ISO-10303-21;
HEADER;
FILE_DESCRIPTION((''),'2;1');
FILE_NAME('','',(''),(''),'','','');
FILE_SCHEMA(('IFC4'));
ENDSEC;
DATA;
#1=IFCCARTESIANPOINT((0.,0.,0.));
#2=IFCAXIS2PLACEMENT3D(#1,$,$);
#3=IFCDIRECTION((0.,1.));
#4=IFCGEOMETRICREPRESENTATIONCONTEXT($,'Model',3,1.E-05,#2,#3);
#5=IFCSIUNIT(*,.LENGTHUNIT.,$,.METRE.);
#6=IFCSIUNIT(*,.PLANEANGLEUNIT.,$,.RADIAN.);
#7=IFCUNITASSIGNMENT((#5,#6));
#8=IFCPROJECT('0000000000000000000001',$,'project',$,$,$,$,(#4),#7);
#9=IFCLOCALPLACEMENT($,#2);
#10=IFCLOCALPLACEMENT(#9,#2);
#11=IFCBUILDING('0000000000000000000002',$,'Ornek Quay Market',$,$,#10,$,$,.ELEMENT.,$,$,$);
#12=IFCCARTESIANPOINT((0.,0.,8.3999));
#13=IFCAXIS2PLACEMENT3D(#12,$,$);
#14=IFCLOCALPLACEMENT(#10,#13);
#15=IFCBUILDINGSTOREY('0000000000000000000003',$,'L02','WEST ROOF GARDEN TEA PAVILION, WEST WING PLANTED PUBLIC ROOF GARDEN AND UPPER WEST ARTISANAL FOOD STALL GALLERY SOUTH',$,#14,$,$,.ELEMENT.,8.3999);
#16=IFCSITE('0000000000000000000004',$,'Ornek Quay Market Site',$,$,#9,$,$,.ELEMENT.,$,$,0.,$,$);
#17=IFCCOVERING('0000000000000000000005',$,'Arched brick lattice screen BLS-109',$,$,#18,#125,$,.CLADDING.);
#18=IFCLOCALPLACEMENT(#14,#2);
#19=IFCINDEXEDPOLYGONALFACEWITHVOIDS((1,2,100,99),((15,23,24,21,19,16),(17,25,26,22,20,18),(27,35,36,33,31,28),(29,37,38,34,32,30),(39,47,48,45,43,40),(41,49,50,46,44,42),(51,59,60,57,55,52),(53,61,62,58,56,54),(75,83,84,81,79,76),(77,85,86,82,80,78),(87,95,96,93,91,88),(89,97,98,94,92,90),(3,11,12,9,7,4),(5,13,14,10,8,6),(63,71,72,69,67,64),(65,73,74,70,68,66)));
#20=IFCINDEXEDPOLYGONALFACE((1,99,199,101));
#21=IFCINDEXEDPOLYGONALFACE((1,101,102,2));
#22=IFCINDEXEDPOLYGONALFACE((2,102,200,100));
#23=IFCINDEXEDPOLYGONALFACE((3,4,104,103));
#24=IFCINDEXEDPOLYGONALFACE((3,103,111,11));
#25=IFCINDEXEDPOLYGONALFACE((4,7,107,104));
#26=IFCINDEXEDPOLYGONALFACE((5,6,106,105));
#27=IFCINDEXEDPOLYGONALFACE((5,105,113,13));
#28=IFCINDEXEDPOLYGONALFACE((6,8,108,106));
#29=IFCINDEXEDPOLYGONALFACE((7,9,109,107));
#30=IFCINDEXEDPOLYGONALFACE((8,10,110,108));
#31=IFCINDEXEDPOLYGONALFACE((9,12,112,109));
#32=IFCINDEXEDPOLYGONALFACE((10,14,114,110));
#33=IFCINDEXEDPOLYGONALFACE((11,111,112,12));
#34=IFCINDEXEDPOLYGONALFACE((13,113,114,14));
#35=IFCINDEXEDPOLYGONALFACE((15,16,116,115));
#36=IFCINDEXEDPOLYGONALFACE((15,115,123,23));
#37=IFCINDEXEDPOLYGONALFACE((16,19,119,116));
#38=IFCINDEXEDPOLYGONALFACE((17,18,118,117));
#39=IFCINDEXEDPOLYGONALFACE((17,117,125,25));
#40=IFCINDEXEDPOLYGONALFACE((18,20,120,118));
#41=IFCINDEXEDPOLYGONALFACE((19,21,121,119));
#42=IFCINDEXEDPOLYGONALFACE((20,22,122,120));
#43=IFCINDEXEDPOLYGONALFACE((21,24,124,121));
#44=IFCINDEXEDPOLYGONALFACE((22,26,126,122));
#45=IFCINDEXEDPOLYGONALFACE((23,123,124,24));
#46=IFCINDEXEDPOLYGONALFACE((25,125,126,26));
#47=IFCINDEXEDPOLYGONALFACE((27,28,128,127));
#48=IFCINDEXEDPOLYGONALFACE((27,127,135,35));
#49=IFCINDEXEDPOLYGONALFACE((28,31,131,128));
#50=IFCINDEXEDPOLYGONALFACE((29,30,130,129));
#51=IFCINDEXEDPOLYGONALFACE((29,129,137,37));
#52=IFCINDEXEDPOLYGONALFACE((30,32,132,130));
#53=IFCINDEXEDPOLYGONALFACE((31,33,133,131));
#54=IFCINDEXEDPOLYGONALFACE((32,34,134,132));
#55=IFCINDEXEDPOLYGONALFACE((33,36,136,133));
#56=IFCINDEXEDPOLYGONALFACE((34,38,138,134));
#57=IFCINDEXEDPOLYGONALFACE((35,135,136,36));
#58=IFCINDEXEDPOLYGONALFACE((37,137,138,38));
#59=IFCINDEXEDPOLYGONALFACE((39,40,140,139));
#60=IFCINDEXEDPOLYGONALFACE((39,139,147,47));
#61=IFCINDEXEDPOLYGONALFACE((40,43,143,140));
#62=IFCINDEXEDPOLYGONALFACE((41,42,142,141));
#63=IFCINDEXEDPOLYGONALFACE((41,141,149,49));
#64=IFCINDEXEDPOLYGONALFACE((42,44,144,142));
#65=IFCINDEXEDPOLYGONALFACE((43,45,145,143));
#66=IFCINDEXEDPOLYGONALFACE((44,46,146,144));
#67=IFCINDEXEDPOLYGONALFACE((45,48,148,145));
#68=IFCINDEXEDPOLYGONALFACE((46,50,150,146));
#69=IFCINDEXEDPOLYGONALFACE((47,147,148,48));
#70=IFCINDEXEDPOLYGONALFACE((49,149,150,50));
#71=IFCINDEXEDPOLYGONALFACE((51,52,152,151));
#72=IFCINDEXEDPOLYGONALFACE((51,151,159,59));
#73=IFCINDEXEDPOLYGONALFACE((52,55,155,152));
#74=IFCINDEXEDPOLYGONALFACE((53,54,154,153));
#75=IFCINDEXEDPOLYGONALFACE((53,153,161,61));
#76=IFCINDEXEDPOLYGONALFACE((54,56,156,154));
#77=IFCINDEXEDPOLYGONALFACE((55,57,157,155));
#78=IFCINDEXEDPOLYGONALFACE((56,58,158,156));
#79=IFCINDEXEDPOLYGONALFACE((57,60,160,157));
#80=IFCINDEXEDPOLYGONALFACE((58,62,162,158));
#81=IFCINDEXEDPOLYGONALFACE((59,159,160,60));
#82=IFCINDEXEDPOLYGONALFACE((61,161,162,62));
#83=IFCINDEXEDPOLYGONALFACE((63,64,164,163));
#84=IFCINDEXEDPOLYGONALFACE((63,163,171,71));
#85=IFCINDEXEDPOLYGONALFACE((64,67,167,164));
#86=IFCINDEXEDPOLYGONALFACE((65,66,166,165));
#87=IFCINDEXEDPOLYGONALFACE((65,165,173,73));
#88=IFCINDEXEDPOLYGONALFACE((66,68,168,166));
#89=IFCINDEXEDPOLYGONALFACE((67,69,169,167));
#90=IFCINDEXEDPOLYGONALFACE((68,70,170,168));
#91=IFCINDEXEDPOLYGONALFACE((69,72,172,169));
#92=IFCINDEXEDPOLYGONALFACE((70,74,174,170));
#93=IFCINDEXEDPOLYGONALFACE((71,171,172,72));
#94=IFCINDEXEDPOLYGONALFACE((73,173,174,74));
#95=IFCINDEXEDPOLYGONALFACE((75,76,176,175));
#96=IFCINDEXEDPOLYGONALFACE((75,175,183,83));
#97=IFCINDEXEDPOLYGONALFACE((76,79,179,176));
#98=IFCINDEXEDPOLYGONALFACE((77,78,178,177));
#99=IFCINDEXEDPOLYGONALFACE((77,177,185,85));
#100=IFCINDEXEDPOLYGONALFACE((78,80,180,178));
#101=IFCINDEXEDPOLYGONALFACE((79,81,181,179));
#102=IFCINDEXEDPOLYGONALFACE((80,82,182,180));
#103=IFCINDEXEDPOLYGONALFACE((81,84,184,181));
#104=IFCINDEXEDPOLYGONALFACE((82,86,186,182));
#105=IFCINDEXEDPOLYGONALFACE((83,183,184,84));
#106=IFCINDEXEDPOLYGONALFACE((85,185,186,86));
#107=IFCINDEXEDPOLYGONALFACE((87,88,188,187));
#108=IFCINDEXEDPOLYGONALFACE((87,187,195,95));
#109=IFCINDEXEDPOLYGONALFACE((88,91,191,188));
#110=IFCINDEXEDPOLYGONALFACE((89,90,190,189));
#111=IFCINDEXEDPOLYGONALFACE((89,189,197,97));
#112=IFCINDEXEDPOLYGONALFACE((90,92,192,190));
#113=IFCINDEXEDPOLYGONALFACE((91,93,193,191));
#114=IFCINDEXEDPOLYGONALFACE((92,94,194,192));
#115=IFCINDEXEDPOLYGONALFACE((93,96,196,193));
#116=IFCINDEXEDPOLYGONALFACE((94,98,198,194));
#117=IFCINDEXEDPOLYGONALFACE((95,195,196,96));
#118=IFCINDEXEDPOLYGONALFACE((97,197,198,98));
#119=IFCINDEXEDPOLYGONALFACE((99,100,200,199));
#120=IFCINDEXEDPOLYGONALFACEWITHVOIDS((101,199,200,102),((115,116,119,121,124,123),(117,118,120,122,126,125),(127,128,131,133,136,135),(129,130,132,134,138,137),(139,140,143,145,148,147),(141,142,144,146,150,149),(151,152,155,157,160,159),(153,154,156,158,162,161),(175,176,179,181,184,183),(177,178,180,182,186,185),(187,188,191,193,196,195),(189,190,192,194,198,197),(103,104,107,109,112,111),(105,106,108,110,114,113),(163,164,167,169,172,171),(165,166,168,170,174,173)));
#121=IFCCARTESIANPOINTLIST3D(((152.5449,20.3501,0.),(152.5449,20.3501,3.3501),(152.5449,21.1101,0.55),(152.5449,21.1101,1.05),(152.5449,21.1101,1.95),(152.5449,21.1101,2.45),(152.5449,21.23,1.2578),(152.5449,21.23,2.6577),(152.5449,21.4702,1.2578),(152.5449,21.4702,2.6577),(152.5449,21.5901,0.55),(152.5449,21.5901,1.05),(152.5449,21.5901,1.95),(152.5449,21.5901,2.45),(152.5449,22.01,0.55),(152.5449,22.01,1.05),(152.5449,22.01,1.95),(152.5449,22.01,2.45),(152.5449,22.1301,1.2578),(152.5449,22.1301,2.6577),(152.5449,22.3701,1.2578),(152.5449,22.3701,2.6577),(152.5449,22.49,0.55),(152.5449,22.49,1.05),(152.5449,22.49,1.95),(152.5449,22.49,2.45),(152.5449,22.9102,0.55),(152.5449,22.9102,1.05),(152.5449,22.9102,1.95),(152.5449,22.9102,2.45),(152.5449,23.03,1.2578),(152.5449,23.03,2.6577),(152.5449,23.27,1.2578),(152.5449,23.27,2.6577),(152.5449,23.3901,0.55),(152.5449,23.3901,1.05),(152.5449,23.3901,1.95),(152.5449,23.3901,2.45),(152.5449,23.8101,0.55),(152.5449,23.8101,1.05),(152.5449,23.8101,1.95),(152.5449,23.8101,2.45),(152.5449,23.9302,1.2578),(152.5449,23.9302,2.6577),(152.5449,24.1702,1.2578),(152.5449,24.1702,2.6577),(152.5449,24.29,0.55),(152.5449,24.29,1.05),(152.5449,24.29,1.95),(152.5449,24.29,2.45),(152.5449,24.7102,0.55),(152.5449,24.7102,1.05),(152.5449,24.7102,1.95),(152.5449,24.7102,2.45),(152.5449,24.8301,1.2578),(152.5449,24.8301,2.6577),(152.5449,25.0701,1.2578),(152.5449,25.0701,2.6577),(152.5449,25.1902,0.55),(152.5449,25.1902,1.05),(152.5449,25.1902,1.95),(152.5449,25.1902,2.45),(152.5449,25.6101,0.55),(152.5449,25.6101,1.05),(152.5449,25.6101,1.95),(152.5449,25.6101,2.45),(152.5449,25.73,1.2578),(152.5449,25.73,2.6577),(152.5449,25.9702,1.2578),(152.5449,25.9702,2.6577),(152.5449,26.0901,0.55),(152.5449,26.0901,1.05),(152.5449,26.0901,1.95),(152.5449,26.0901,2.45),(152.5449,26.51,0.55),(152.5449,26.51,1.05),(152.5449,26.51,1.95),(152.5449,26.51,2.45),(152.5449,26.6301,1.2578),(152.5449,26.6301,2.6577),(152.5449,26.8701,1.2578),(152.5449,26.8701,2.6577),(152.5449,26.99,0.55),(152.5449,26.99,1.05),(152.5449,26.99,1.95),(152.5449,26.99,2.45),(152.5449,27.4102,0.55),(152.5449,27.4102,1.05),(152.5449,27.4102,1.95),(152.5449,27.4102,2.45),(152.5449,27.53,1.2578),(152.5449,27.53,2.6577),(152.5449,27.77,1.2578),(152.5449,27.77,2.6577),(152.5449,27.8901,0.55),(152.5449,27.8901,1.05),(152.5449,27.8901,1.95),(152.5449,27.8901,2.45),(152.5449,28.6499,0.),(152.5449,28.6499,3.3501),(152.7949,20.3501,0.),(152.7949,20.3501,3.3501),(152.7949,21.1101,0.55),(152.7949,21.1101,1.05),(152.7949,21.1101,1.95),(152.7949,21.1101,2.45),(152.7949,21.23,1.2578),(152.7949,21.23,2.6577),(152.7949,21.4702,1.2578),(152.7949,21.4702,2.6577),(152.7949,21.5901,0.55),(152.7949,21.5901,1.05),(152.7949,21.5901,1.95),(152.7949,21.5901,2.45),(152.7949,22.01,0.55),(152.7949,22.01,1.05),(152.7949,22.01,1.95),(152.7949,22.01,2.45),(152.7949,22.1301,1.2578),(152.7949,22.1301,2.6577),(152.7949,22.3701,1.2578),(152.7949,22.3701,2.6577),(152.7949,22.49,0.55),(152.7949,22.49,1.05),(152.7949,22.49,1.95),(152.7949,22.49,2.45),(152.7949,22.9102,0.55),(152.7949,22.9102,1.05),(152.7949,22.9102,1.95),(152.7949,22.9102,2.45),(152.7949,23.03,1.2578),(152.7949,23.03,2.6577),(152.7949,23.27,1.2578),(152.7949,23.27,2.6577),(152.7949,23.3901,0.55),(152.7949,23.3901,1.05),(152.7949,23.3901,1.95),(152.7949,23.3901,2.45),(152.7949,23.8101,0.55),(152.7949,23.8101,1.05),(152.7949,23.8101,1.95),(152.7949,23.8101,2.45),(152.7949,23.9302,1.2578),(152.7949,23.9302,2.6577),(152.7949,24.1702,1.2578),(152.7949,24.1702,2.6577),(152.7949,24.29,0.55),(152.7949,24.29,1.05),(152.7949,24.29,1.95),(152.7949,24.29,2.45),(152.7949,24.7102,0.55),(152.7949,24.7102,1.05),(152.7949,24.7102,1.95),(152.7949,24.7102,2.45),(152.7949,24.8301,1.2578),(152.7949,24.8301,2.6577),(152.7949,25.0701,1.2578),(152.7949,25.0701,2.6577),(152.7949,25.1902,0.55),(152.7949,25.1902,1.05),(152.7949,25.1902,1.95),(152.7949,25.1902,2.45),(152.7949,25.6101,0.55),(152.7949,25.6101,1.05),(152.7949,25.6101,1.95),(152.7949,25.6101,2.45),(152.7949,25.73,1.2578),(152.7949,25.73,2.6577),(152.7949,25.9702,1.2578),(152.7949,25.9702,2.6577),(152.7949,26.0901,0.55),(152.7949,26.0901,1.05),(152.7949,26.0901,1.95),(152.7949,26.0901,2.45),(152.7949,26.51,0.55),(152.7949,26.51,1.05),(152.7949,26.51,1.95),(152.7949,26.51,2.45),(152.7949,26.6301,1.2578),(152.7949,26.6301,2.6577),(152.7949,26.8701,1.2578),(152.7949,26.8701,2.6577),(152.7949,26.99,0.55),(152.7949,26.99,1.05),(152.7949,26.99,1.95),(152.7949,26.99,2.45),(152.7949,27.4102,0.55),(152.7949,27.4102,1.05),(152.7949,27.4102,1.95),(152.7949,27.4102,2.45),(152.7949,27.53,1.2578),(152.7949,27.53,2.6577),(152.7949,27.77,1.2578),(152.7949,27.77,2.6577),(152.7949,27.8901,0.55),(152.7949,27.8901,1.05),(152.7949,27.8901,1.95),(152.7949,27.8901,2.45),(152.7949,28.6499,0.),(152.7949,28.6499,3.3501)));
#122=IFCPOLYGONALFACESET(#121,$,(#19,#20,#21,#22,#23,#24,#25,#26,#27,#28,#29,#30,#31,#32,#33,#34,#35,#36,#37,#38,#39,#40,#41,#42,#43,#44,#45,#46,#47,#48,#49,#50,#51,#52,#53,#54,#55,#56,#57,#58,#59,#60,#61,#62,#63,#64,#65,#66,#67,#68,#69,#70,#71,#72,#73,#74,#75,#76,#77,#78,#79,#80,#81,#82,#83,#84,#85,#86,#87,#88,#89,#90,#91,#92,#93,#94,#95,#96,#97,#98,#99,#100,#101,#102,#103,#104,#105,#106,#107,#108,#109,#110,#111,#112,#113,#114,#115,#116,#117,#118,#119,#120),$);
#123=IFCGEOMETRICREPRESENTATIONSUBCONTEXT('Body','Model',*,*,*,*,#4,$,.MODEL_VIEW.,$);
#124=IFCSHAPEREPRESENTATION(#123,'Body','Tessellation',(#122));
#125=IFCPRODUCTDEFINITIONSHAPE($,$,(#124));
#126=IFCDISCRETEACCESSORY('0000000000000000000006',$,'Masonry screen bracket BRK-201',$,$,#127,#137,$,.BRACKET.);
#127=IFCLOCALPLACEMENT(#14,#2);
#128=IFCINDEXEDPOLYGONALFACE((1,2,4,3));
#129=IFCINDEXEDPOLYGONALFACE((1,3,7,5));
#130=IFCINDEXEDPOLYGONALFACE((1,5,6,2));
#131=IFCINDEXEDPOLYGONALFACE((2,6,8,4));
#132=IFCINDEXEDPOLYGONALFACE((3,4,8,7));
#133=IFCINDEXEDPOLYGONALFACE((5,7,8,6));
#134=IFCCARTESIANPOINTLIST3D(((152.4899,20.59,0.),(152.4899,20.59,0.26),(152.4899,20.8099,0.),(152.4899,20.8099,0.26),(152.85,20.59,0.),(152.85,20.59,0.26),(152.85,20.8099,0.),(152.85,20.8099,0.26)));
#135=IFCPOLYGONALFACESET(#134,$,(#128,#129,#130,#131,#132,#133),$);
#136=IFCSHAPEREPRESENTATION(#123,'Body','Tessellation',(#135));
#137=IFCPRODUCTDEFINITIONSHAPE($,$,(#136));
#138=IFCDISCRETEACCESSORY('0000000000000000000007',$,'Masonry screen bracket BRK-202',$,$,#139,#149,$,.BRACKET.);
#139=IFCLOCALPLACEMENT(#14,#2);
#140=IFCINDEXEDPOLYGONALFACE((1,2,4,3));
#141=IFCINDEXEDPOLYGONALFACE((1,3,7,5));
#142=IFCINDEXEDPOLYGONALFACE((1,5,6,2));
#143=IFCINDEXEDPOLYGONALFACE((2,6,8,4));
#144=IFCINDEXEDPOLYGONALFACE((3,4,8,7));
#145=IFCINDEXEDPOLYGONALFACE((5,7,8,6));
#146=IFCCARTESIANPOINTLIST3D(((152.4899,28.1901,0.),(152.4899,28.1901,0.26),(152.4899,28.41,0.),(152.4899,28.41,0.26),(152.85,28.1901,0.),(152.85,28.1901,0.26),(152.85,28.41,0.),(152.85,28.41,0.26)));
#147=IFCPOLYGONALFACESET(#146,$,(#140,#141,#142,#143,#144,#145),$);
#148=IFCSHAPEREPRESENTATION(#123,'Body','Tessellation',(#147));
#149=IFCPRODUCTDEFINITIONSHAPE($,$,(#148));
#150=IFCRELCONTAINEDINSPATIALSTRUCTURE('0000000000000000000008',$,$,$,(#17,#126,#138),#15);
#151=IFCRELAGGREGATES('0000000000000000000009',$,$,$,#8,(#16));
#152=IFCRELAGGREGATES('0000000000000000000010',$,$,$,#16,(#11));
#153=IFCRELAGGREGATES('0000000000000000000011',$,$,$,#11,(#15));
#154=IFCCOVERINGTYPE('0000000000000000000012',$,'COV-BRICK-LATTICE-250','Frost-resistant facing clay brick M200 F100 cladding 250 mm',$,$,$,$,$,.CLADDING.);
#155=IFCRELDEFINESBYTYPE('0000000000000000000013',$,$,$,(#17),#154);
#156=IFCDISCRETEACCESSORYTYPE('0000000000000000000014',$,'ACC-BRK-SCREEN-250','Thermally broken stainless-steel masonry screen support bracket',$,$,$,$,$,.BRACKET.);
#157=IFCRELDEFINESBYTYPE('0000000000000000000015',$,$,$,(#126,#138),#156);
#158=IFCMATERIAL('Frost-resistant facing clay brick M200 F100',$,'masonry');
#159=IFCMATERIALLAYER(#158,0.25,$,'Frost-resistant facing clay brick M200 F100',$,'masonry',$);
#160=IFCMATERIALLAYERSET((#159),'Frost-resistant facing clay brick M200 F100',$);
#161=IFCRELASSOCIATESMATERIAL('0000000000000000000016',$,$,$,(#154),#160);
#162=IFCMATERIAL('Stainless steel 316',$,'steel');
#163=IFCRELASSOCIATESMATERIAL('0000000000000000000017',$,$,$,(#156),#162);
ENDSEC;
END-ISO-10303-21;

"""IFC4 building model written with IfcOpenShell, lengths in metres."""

from ifc_helpers import new_model, si_unit, direction, frame, origin, origin_2d, place, context, subcontext, project, spatial, polyline, rectangle, outline, extrude, material, layer, layer_set, type_object, element, save


model = new_model("IFC4")

# Units and contexts
model_context = context("Model", 3, precision=1e-05, world=origin(), true_north=direction((0.0, 1.0)))
body_context = subcontext(model_context, "Body", "Model", "MODEL_VIEW")
ifc_project = project(units=[si_unit("LENGTHUNIT", "METRE"), si_unit("PLANEANGLEUNIT", "RADIAN")], contexts=[model_context])

# Site, building, storey
site_placement = place(None, origin())
site = spatial("IfcSite", under=ifc_project, at=site_placement, Name="Ornek Quay Market Site", CompositionType="ELEMENT", RefElevation=0.0)
building_placement = place(site_placement, origin())
building = spatial("IfcBuilding", under=site, at=building_placement, Name="Ornek Quay Market", CompositionType="ELEMENT")
storey_placement = place(building_placement, frame((0.0, 0.0, 8.3999)))
storey = spatial("IfcBuildingStorey", under=building, at=storey_placement, Name="L02", Description="WEST ROOF GARDEN TEA PAVILION, WEST WING PLANTED PUBLIC ROOF GARDEN AND UPPER WEST ARTISANAL FOOD STALL GALLERY SOUTH", CompositionType="ELEMENT", Elevation=8.3999)

# Shared definitions
ifc_material_1 = material(Name="Frost-resistant facing clay brick M200 F100", Category="masonry")

# Covering
ifc_layer_1 = layer(ifc_material_1, 0.25, Name="Frost-resistant facing clay brick M200 F100", Category="masonry")
ifc_layer_set_1 = layer_set([ifc_layer_1], Name="Frost-resistant facing clay brick M200 F100")
covering_type = type_object("IfcCoveringType", Name="COV-BRICK-LATTICE-250", Description="Frost-resistant facing clay brick M200 F100 cladding 250 mm", PredefinedType="CLADDING", material=ifc_layer_set_1)
covering_placement = place(storey_placement, frame((152.6699, 20.3501, 0.0), z_axis=(0.0, 0.0, 1.0), x_axis=(0.0, 1.0, 0.0)))
element("IfcCovering", 1, at=covering_placement, inside=storey, type_object=covering_type, Name="Arched brick lattice screen BLS-109", PredefinedType="CLADDING", context=body_context, shape_type="SweptSolid", body=[
    extrude(outline(polyline([(0.0, 0.0), (8.2998, 0.0), (8.2998, 3.3501), (0.0, 3.3501), (0.0, 0.0)]), holes=[polyline([(0.76, 0.55), (1.24, 0.55), (1.24, 1.05), (1.1201, 1.2578), (0.8799, 1.2578), (0.76, 1.05), (0.76, 0.55)]), polyline([(0.76, 1.95), (1.24, 1.95), (1.24, 2.45), (1.1201, 2.6577), (0.8799, 2.6577), (0.76, 2.45), (0.76, 1.95)]), polyline([(1.6599, 0.55), (2.1399, 0.55), (2.1399, 1.05), (2.02, 1.2578), (1.78, 1.2578), (1.6599, 1.05), (1.6599, 0.55)]), polyline([(1.6599, 1.95), (2.1399, 1.95), (2.1399, 2.45), (2.02, 2.6577), (1.78, 2.6577), (1.6599, 2.45), (1.6599, 1.95)]), polyline([(2.5601, 0.55), (3.04, 0.55), (3.04, 1.05), (2.9199, 1.2578), (2.6799, 1.2578), (2.5601, 1.05), (2.5601, 0.55)]), polyline([(2.5601, 1.95), (3.04, 1.95), (3.04, 2.45), (2.9199, 2.6577), (2.6799, 2.6577), (2.5601, 2.45), (2.5601, 1.95)]), polyline([(3.46, 0.55), (3.9399, 0.55), (3.9399, 1.05), (3.8201, 1.2578), (3.5801, 1.2578), (3.46, 1.05), (3.46, 0.55)]), polyline([(3.46, 1.95), (3.9399, 1.95), (3.9399, 2.45), (3.8201, 2.6577), (3.5801, 2.6577), (3.46, 2.45), (3.46, 1.95)]), polyline([(4.3601, 0.55), (4.8401, 0.55), (4.8401, 1.05), (4.72, 1.2578), (4.48, 1.2578), (4.3601, 1.05), (4.3601, 0.55)]), polyline([(4.3601, 1.95), (4.8401, 1.95), (4.8401, 2.45), (4.72, 2.6577), (4.48, 2.6577), (4.3601, 2.45), (4.3601, 1.95)]), polyline([(5.26, 0.55), (5.74, 0.55), (5.74, 1.05), (5.6201, 1.2578), (5.3799, 1.2578), (5.26, 1.05), (5.26, 0.55)]), polyline([(5.26, 1.95), (5.74, 1.95), (5.74, 2.45), (5.6201, 2.6577), (5.3799, 2.6577), (5.26, 2.45), (5.26, 1.95)]), polyline([(6.1599, 0.55), (6.6399, 0.55), (6.6399, 1.05), (6.52, 1.2578), (6.28, 1.2578), (6.1599, 1.05), (6.1599, 0.55)]), polyline([(6.1599, 1.95), (6.6399, 1.95), (6.6399, 2.45), (6.52, 2.6577), (6.28, 2.6577), (6.1599, 2.45), (6.1599, 1.95)]), polyline([(7.0601, 0.55), (7.54, 0.55), (7.54, 1.05), (7.4199, 1.2578), (7.1799, 1.2578), (7.0601, 1.05), (7.0601, 0.55)]), polyline([(7.0601, 1.95), (7.54, 1.95), (7.54, 2.45), (7.4199, 2.6577), (7.1799, 2.6577), (7.0601, 2.45), (7.0601, 1.95)])]), frame((0.0, 0.125, 0.0), z_axis=(0.0, -1.0, 0.0), x_axis=(1.0, 0.0, 0.0)), (0.0, 0.0, 1.0), 0.25),
])

# Discrete accessories
ifc_material_2 = material(Name="Stainless steel 316", Category="steel")
discrete_accessory_type = type_object("IfcDiscreteAccessoryType", Name="ACC-BRK-SCREEN-250", Description="Thermally broken stainless-steel masonry screen support bracket", PredefinedType="BRACKET", material=ifc_material_2)
for number, where, z_axis, x_axis, name in (
    (2, (152.6699, 20.7, 0.0), (0.0, 0.0, 1.0), (0.0, 1.0, 0.0), "Masonry screen bracket BRK-201"),
    (3, (152.6699, 28.3, 0.0), (0.0, 0.0, 1.0), (0.0, 1.0, 0.0), "Masonry screen bracket BRK-202"),
):
    element("IfcDiscreteAccessory", number, at=place(storey_placement, frame(where, z_axis=z_axis, x_axis=x_axis)), inside=storey, type_object=discrete_accessory_type, Name=name, PredefinedType="BRACKET", context=body_context, shape_type="SweptSolid", body=[
        extrude(rectangle(XDim=0.22, YDim=0.3601, at=origin_2d()), origin(), (0.0, 0.0, 1.0), 0.26),
    ])

save(model, "model.ifc")
